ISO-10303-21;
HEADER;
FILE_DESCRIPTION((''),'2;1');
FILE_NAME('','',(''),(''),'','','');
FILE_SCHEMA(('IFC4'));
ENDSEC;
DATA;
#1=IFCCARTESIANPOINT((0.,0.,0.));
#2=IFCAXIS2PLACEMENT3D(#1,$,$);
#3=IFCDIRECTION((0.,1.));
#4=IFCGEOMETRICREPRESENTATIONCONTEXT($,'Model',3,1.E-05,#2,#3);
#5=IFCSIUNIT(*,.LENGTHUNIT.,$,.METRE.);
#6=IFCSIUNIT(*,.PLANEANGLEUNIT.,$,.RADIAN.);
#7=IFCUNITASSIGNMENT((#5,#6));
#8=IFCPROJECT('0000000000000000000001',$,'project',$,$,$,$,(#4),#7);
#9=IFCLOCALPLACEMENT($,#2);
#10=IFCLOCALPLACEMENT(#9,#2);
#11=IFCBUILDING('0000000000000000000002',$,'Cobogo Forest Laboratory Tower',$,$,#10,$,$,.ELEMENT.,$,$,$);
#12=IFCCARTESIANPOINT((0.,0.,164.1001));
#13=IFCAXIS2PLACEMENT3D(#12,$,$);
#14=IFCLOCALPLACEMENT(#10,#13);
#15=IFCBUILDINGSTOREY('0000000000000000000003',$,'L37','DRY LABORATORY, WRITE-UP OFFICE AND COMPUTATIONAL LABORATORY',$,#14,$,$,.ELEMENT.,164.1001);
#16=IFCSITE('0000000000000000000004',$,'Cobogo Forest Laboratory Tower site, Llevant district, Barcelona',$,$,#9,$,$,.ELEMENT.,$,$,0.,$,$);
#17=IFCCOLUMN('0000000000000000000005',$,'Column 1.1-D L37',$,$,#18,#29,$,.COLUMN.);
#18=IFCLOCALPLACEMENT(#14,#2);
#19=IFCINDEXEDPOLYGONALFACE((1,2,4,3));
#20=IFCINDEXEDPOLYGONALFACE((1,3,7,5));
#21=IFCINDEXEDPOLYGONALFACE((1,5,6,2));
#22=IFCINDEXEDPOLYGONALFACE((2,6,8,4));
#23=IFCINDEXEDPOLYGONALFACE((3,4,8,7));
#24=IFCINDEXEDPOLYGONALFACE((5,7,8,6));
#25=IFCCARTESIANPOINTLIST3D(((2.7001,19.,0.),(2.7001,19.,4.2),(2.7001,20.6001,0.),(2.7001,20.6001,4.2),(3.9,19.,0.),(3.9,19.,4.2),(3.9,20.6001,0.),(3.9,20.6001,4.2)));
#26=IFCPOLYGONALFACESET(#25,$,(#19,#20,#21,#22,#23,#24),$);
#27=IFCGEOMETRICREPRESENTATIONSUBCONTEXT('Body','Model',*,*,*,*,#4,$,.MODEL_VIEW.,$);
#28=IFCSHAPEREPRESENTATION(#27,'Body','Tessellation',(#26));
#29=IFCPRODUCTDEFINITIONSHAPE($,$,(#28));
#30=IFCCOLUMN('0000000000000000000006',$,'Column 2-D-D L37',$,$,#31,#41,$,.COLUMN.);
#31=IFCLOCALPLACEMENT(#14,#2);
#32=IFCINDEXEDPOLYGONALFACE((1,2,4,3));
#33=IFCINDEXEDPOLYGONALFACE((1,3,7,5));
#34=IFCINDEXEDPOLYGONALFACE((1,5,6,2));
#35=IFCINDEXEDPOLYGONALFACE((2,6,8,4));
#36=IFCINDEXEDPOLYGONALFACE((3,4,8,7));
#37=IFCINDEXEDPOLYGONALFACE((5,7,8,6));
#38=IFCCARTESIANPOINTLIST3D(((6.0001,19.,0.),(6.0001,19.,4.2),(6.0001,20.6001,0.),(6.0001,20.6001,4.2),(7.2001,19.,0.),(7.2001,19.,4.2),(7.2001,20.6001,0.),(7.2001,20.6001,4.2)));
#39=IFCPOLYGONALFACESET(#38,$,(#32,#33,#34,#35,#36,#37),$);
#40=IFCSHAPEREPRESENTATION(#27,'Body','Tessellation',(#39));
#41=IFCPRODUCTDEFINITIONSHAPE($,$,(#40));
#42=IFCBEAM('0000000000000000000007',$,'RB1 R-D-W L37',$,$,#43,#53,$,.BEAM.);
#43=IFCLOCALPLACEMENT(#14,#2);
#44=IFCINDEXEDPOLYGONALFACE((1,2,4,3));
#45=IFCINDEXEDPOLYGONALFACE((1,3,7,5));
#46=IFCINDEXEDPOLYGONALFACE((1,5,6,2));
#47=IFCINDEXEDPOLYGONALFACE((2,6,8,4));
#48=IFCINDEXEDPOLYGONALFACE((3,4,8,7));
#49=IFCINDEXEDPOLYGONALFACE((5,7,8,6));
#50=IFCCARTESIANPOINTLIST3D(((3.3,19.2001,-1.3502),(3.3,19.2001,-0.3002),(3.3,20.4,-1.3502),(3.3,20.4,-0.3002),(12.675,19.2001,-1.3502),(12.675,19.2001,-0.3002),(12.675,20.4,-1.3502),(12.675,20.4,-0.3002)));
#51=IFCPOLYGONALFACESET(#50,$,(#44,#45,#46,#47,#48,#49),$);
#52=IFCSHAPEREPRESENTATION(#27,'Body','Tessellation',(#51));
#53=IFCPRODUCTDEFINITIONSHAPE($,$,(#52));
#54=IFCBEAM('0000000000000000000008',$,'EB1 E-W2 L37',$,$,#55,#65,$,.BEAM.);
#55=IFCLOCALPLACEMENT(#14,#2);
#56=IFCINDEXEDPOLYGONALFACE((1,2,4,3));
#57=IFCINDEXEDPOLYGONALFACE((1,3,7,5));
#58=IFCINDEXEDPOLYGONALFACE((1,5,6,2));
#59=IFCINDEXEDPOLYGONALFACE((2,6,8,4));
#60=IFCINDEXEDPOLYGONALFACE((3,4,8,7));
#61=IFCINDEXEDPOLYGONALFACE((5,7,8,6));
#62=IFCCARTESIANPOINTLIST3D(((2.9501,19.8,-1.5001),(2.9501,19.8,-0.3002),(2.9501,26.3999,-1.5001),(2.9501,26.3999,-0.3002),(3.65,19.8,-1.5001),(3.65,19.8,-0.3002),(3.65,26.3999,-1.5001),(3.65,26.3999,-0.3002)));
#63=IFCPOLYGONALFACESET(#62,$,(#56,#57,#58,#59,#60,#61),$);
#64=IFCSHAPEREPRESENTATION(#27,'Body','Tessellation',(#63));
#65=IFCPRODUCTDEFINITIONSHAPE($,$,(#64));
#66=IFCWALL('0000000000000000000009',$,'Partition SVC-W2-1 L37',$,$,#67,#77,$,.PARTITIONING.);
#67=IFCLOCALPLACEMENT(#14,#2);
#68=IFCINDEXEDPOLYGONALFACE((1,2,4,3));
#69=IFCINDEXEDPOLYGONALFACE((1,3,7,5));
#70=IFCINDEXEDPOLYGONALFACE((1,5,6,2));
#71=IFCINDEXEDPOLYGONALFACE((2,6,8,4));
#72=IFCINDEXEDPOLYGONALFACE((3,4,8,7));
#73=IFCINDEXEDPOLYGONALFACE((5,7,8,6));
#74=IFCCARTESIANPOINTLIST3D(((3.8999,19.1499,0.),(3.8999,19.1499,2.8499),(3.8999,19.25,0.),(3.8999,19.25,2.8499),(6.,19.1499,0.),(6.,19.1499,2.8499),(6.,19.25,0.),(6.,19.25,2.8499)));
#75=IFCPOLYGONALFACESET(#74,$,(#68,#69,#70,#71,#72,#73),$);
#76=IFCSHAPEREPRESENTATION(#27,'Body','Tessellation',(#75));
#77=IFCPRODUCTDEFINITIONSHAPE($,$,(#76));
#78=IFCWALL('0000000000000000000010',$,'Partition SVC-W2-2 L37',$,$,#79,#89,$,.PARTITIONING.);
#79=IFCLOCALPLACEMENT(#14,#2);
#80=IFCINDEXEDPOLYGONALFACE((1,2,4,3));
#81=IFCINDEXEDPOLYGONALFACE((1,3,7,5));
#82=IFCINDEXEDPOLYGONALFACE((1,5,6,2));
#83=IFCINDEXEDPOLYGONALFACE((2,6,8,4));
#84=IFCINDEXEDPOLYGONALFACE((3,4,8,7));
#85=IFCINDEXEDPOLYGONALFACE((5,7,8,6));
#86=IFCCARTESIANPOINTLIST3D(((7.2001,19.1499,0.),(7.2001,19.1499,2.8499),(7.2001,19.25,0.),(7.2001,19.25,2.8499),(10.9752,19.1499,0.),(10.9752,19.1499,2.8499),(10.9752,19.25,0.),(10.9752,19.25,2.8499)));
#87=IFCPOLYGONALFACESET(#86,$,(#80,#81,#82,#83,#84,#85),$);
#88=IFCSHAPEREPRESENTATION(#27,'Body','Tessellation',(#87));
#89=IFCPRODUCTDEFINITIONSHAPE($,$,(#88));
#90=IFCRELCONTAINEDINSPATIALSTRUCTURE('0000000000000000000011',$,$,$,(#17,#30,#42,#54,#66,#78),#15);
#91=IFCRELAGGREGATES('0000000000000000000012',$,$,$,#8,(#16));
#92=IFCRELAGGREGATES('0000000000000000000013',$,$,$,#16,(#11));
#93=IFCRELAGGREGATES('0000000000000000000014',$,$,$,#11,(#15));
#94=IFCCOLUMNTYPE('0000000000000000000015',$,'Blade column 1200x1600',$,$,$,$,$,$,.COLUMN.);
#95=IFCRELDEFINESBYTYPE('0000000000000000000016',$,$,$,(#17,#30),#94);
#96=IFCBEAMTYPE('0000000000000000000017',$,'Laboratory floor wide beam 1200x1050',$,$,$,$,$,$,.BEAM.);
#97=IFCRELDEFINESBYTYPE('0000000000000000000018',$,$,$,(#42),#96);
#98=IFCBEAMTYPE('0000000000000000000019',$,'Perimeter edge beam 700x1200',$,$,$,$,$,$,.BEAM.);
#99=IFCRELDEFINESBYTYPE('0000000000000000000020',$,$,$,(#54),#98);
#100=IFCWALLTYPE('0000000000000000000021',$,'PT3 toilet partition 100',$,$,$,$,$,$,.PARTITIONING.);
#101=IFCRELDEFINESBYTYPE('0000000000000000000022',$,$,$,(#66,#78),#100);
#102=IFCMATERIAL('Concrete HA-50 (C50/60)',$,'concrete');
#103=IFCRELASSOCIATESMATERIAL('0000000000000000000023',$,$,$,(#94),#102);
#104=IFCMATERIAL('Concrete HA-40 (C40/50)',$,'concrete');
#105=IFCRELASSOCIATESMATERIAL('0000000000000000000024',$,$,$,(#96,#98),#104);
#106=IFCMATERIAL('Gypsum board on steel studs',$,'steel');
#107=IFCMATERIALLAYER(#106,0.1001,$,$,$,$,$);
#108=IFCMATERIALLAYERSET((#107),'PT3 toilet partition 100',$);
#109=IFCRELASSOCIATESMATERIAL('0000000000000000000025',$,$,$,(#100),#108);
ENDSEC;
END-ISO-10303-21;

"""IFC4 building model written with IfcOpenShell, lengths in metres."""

from ifc_helpers import new_model, si_unit, direction, frame, frame_2d, origin, origin_2d, place, context, subcontext, project, spatial, rectangle, extrude, material, layer, layer_set, material_profile, profile_set, type_object, element, save


model = new_model("IFC4")

# Units and contexts
model_context = context("Model", 3, precision=1e-05, world=origin(), true_north=direction((0.0, 1.0)))
body_context = subcontext(model_context, "Body", "Model", "MODEL_VIEW")
ifc_project = project(units=[si_unit("LENGTHUNIT", "METRE"), si_unit("PLANEANGLEUNIT", "RADIAN")], contexts=[model_context])

# Site, building, storey
site_placement = place(None, origin())
site = spatial("IfcSite", under=ifc_project, at=site_placement, Name="Cobogo Forest Laboratory Tower site, Llevant district, Barcelona", CompositionType="ELEMENT", RefElevation=0.0)
building_placement = place(site_placement, origin())
building = spatial("IfcBuilding", under=site, at=building_placement, Name="Cobogo Forest Laboratory Tower", CompositionType="ELEMENT")
storey_placement = place(building_placement, frame((0.0, 0.0, 164.1001)))
storey = spatial("IfcBuildingStorey", under=building, at=storey_placement, Name="L37", Description="DRY LABORATORY, WRITE-UP OFFICE AND COMPUTATIONAL LABORATORY", CompositionType="ELEMENT", Elevation=164.1001)

# Columns
ifc_material_1 = material(Name="Concrete HA-50 (C50/60)", Category="concrete")
ifc_material_profile_1 = material_profile(ifc_material_1, rectangle(XDim=1.6001, YDim=1.2, at=origin_2d()), Name="RC 1200x1600")
ifc_profile_set_1 = profile_set([ifc_material_profile_1], Name="Concrete HA-50 (C50/60)")
column_type = type_object("IfcColumnType", Name="Blade column 1200x1600", PredefinedType="COLUMN", material=ifc_profile_set_1)
for number, where, z_axis, x_axis, name in (
    (1, (3.3, 19.8, 0.0), (0.0, 0.0, 1.0), (0.0, 1.0, 0.0), "Column 1.1-D L37"),
    (2, (6.6001, 19.8, 0.0), (0.0, 0.0, 1.0), (0.0, 1.0, 0.0), "Column 2-D-D L37"),
):
    element("IfcColumn", number, at=place(storey_placement, frame(where, z_axis=z_axis, x_axis=x_axis)), inside=storey, type_object=column_type, Name=name, PredefinedType="COLUMN", context=body_context, shape_type="SweptSolid", body=[
        extrude(rectangle(XDim=1.6001, YDim=1.2, at=origin_2d()), origin(), (0.0, 0.0, 1.0), 4.2),
    ])

# Beams
ifc_material_2 = material(Name="Concrete HA-40 (C40/50)", Category="concrete")
ifc_material_profile_2 = material_profile(ifc_material_2, rectangle(XDim=1.2, YDim=1.05, at=origin_2d()), Name="RC 1200x1050")
ifc_profile_set_2 = profile_set([ifc_material_profile_2], Name="Concrete HA-40 (C40/50)")
beam_type_1 = type_object("IfcBeamType", Name="Laboratory floor wide beam 1200x1050", PredefinedType="BEAM", material=ifc_profile_set_2)
beam_1_placement = place(storey_placement, frame((12.675, 19.8, -0.8252), z_axis=(-1.0, 0.0, 0.0), x_axis=(0.0, -1.0, 0.0)))
element("IfcBeam", 3, at=beam_1_placement, inside=storey, type_object=beam_type_1, Name="RB1 R-D-W L37", PredefinedType="BEAM", context=body_context, shape_type="SweptSolid", body=[
    extrude(rectangle(XDim=1.2, YDim=1.05, at=origin_2d()), origin(), (0.0, 0.0, 1.0), 9.375),
])
ifc_material_profile_3 = material_profile(ifc_material_2, rectangle(XDim=0.7, YDim=1.2, at=origin_2d()), Name="RC 700x1200")
ifc_profile_set_3 = profile_set([ifc_material_profile_3], Name="Concrete HA-40 (C40/50)")
beam_type_2 = type_object("IfcBeamType", Name="Perimeter edge beam 700x1200", PredefinedType="BEAM", material=ifc_profile_set_3)
beam_2_placement = place(storey_placement, frame((3.3, 19.8, -0.9001), z_axis=(0.0, 1.0, 0.0), x_axis=(-1.0, 0.0, 0.0)))
element("IfcBeam", 4, at=beam_2_placement, inside=storey, type_object=beam_type_2, Name="EB1 E-W2 L37", PredefinedType="BEAM", context=body_context, shape_type="SweptSolid", body=[
    extrude(rectangle(XDim=0.7, YDim=1.2, at=origin_2d()), origin(), (0.0, 0.0, 1.0), 6.5999),
])

# Walls
ifc_material_3 = material(Name="Gypsum board on steel studs", Category="steel")
ifc_layer = layer(ifc_material_3, 0.1001)
ifc_layer_set = layer_set([ifc_layer], Name="PT3 toilet partition 100")
wall_type = type_object("IfcWallType", Name="PT3 toilet partition 100", PredefinedType="PARTITIONING", material=ifc_layer_set)
wall_1_placement = place(storey_placement, frame((3.8999, 19.2, 0.0), z_axis=(0.0, 0.0, 1.0), x_axis=(1.0, 0.0, 0.0)))
element("IfcWall", 5, at=wall_1_placement, inside=storey, type_object=wall_type, Name="Partition SVC-W2-1 L37", PredefinedType="PARTITIONING", context=body_context, shape_type="SweptSolid", body=[
    extrude(rectangle(XDim=2.1001, YDim=0.1001, at=frame_2d((1.05, 0.0))), origin(), (0.0, 0.0, 1.0), 2.8499),
])
wall_2_placement = place(storey_placement, frame((7.2, 19.2, 0.0), z_axis=(0.0, 0.0, 1.0), x_axis=(1.0, 0.0, 0.0)))
element("IfcWall", 6, at=wall_2_placement, inside=storey, type_object=wall_type, Name="Partition SVC-W2-2 L37", PredefinedType="PARTITIONING", context=body_context, shape_type="SweptSolid", body=[
    extrude(rectangle(XDim=3.7751, YDim=0.1001, at=frame_2d((1.8877, 0.0))), origin(), (0.0, 0.0, 1.0), 2.8499),
])

save(model, "model.ifc")
